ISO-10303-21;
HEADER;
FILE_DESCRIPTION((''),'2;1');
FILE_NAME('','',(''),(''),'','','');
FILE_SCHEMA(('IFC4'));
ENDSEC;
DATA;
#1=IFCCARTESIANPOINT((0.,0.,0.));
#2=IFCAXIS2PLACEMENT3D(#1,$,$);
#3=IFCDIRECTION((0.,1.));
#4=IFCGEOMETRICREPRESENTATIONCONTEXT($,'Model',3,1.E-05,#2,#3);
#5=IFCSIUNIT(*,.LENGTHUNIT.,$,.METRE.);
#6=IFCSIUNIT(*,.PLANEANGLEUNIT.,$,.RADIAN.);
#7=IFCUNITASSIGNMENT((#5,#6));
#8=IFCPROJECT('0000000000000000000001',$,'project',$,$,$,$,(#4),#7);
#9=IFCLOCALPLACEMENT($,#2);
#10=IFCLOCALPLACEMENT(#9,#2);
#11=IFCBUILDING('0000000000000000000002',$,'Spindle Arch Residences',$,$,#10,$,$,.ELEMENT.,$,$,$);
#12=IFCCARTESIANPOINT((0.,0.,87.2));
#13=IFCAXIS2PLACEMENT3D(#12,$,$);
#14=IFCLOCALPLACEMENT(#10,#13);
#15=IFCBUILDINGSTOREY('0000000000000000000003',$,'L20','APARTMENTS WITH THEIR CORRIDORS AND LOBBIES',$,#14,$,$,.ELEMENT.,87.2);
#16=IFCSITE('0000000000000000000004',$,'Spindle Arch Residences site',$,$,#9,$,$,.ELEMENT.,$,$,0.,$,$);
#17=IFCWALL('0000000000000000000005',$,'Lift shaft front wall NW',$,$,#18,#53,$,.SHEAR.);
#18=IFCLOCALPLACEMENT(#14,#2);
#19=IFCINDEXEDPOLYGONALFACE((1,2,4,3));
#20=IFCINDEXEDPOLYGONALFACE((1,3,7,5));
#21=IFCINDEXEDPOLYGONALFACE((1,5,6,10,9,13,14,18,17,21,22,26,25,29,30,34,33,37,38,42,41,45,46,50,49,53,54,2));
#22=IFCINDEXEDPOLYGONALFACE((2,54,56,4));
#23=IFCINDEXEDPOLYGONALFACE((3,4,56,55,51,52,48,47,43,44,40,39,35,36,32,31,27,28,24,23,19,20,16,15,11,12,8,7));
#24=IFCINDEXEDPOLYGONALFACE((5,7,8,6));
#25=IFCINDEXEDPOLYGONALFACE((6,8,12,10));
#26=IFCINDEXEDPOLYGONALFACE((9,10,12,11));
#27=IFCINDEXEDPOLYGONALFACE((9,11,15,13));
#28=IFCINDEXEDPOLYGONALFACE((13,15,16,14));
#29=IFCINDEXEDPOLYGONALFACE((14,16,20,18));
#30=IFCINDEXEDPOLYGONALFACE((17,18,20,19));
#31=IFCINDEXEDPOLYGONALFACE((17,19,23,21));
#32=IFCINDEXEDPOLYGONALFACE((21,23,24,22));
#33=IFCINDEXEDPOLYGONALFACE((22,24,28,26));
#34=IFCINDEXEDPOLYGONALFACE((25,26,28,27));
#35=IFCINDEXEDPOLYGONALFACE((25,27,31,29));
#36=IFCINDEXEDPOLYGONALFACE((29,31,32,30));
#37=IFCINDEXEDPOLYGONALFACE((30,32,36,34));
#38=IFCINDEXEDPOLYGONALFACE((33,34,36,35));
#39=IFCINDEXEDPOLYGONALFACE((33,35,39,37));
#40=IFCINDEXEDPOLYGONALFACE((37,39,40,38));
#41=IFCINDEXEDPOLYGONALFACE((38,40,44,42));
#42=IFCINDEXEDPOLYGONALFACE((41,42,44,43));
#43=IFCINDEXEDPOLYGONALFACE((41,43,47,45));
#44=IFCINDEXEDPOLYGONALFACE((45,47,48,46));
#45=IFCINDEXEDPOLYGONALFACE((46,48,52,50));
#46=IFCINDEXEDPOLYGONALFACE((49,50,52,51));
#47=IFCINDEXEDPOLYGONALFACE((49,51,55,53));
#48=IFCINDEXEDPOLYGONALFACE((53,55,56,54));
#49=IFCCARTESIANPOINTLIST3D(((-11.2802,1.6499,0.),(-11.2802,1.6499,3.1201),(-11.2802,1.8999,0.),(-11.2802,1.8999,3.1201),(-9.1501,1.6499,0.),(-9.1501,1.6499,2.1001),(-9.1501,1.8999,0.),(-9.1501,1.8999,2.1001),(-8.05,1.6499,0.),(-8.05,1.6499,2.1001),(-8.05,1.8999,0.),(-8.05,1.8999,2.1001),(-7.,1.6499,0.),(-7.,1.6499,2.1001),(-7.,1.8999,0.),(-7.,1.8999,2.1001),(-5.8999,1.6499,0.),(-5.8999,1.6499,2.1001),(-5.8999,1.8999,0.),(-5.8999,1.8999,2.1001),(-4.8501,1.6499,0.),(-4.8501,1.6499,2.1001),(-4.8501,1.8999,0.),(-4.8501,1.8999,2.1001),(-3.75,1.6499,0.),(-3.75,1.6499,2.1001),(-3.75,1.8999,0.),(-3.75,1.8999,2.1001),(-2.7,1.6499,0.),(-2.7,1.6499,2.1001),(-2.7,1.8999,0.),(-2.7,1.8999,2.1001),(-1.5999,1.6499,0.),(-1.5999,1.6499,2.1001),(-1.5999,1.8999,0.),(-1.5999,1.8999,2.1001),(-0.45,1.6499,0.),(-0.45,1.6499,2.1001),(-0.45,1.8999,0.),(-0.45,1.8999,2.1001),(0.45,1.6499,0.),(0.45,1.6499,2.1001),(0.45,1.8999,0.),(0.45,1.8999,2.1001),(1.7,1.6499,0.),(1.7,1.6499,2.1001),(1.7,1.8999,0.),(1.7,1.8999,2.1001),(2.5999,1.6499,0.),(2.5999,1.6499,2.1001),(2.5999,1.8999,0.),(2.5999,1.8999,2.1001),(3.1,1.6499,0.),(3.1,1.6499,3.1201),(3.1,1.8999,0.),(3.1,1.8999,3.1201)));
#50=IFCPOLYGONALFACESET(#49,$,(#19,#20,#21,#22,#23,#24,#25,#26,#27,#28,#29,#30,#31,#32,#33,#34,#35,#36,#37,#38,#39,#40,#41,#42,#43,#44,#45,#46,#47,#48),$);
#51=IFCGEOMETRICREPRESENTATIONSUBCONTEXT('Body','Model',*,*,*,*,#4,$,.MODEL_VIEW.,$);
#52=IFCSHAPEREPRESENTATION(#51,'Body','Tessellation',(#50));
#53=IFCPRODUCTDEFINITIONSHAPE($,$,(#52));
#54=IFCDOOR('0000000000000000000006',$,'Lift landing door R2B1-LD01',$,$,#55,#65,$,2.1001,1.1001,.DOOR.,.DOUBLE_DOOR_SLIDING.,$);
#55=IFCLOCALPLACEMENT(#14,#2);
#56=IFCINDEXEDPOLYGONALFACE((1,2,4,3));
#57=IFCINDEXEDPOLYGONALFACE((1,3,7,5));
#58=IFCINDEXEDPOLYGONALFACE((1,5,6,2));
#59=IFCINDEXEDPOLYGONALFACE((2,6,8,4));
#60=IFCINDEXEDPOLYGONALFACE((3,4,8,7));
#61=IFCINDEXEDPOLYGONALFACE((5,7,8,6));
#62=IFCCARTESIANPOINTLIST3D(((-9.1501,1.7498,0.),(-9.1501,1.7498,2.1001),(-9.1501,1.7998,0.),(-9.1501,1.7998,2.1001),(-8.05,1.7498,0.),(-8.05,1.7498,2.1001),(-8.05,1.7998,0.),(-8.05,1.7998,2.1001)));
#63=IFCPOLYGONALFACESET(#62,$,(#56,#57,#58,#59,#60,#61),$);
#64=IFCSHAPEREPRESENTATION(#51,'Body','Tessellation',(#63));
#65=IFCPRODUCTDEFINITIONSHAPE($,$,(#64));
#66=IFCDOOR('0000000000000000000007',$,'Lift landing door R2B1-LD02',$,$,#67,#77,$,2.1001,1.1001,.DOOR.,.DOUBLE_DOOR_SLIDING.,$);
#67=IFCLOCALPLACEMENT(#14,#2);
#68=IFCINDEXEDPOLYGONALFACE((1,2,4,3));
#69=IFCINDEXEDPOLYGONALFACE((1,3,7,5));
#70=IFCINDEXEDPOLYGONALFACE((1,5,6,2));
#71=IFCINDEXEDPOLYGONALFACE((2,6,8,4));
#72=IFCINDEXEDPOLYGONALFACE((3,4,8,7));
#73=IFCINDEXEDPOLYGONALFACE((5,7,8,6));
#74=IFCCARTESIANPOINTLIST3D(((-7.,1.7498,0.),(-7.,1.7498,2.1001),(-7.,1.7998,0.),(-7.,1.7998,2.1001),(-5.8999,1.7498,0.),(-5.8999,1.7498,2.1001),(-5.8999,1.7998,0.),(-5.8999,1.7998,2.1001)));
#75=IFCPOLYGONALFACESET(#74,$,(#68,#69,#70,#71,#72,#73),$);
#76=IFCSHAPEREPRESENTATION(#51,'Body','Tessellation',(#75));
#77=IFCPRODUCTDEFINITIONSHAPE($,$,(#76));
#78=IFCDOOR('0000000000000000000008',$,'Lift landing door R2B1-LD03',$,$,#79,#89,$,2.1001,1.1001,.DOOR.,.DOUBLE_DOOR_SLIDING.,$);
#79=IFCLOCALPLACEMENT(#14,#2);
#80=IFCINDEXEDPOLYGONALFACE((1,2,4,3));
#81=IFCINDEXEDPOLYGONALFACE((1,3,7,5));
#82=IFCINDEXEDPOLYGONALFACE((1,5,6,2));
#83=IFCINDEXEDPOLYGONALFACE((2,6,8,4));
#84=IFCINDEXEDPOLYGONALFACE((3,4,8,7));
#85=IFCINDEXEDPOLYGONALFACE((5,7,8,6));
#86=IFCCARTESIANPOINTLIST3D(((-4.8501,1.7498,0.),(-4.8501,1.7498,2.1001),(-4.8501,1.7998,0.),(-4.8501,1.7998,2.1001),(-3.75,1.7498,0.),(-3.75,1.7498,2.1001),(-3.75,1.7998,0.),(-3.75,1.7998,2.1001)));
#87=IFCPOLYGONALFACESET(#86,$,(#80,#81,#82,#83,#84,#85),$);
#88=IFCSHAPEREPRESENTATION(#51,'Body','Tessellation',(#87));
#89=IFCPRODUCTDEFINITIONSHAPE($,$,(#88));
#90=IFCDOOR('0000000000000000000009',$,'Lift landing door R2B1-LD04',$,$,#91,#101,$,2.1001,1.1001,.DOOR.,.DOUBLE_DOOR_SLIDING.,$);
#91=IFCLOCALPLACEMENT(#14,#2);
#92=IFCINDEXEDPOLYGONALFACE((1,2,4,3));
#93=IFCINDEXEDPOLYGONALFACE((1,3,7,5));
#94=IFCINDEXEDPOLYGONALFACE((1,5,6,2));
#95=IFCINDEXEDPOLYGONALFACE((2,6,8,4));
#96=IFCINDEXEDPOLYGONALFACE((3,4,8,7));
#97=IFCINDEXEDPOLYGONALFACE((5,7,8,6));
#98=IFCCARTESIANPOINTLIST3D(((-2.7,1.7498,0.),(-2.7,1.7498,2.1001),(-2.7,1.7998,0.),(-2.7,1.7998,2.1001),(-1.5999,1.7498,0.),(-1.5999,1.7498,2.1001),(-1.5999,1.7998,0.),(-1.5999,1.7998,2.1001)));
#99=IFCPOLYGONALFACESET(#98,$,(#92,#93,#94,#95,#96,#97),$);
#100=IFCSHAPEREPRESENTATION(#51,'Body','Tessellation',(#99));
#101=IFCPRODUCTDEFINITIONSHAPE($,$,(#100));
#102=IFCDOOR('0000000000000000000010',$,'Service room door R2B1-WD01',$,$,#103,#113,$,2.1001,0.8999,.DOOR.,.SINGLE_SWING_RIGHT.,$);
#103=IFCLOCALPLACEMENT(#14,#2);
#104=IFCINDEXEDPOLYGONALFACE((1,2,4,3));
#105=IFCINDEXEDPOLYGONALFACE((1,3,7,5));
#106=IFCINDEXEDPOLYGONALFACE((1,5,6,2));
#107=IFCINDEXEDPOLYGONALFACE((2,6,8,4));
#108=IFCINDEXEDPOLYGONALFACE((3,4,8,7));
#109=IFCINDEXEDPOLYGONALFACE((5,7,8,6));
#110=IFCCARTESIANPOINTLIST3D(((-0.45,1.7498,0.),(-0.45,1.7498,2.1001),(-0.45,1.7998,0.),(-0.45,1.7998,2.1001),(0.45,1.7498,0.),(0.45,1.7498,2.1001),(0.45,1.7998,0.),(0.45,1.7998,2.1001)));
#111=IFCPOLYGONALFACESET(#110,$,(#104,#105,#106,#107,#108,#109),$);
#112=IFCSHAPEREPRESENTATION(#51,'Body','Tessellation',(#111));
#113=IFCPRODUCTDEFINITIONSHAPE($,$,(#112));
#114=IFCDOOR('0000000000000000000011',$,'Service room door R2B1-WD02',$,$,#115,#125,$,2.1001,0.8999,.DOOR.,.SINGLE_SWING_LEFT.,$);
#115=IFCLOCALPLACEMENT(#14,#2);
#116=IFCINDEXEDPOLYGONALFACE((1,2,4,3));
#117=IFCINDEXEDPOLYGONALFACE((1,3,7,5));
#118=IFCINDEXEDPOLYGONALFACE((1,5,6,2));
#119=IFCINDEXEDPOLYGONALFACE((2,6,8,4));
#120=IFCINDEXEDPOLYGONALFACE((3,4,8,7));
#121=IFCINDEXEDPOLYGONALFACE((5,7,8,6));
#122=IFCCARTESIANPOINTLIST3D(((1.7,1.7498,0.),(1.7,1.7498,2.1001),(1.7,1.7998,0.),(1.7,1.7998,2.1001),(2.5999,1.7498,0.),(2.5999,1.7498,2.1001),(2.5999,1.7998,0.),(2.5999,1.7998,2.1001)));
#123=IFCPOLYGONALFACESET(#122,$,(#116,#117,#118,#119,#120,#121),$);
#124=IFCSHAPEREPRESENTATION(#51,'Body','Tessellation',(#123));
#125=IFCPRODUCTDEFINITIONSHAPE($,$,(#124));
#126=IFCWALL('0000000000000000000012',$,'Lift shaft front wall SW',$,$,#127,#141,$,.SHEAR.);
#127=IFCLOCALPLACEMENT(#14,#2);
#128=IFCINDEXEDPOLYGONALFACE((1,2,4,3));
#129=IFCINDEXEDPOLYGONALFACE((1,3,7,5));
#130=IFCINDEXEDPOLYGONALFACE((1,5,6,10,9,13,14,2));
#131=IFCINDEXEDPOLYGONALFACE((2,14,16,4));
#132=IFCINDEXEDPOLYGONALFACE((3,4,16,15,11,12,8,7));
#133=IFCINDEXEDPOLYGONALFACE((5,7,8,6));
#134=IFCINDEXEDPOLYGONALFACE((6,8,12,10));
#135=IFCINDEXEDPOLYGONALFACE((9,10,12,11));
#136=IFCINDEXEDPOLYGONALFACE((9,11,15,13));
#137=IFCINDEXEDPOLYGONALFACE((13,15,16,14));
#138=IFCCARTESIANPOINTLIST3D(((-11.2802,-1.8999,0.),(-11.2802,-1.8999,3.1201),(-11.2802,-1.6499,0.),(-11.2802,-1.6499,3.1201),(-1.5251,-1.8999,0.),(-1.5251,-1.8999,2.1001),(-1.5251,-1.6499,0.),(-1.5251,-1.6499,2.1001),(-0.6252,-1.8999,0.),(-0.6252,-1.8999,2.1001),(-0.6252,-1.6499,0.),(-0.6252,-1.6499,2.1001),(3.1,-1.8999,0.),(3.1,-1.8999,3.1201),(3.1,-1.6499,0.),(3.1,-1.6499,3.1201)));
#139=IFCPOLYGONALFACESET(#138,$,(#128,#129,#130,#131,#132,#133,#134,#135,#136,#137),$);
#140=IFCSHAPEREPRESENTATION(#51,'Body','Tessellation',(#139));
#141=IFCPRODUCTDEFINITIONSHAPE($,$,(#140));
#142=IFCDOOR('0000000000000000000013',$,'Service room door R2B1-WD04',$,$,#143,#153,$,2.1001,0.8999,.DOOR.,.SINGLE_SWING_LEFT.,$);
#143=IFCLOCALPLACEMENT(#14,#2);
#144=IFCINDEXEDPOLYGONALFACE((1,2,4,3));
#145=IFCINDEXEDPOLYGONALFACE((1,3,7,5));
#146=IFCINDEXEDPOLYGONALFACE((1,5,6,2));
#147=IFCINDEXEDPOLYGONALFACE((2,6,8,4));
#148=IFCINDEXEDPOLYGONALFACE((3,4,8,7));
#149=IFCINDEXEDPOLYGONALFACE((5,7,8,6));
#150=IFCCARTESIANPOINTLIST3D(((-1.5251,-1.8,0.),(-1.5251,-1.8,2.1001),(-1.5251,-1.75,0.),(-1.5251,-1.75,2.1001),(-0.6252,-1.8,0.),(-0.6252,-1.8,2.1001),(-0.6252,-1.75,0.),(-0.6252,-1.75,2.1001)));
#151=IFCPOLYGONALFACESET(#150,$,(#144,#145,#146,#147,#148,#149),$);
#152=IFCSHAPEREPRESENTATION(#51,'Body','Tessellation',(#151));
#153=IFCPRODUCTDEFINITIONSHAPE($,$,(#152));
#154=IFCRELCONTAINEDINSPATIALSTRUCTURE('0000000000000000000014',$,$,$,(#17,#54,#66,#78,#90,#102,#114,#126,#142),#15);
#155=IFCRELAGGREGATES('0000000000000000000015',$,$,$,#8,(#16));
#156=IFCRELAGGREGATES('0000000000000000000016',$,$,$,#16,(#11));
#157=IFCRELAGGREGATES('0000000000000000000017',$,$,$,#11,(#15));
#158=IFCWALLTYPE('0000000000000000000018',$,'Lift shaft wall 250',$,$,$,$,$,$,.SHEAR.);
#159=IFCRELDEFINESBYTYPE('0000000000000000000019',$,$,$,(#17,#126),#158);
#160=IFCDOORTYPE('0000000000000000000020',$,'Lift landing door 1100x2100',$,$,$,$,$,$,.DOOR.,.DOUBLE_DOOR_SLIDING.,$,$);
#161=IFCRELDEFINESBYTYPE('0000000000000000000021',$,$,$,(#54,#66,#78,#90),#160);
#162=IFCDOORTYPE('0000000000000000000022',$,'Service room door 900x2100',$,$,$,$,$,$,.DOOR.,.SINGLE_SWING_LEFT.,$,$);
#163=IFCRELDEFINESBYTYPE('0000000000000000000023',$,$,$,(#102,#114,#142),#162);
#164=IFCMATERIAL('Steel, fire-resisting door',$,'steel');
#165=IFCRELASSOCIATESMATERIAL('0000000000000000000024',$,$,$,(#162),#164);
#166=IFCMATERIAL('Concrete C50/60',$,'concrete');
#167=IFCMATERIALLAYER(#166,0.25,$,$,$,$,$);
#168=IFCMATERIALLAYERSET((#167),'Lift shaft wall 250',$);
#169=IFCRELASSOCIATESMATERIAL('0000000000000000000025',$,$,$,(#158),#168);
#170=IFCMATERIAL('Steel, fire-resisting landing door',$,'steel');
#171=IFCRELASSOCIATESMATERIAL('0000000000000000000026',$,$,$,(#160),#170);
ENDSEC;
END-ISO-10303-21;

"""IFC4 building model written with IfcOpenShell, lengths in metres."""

from ifc_helpers import new_model, si_unit, direction, frame, frame_2d, origin, place, context, subcontext, project, spatial, rectangle, extrude, material, layer, layer_set, type_object, element, fill, save


model = new_model("IFC4")

# Units and contexts
model_context = context("Model", 3, precision=1e-05, world=origin(), true_north=direction((0.0, 1.0)))
body_context = subcontext(model_context, "Body", "Model", "MODEL_VIEW")
ifc_project = project(units=[si_unit("LENGTHUNIT", "METRE"), si_unit("PLANEANGLEUNIT", "RADIAN")], contexts=[model_context])

# Site, building, storey
site_placement = place(None, origin())
site = spatial("IfcSite", under=ifc_project, at=site_placement, Name="Spindle Arch Residences site", CompositionType="ELEMENT", RefElevation=0.0)
building_placement = place(site_placement, origin())
building = spatial("IfcBuilding", under=site, at=building_placement, Name="Spindle Arch Residences", CompositionType="ELEMENT")
storey_placement = place(building_placement, frame((0.0, 0.0, 87.2)))
storey = spatial("IfcBuildingStorey", under=building, at=storey_placement, Name="L20", Description="APARTMENTS WITH THEIR CORRIDORS AND LOBBIES", CompositionType="ELEMENT", Elevation=87.2)

# Shared definitions
ifc_material_1 = material(Name="Steel, fire-resisting door", Category="steel")
door_type_1 = type_object("IfcDoorType", Name="Service room door 900x2100", OperationType="SINGLE_SWING_LEFT", PredefinedType="DOOR", material=ifc_material_1)

# Wall, openings, doors
ifc_material_2 = material(Name="Concrete C50/60", Category="concrete")
ifc_layer_1 = layer(ifc_material_2, 0.25)
ifc_layer_set_1 = layer_set([ifc_layer_1], Name="Lift shaft wall 250")
wall_type_1 = type_object("IfcWallType", Name="Lift shaft wall 250", PredefinedType="SHEAR", material=ifc_layer_set_1)
wall_1_placement = place(storey_placement, frame((-11.28, 1.7749, 0.0), z_axis=(0.0, 0.0, 1.0), x_axis=(1.0, 0.0, 0.0)))
wall_1 = element("IfcWall", 1, at=wall_1_placement, inside=storey, type_object=wall_type_1, Name="Lift shaft front wall NW", PredefinedType="SHEAR", context=body_context, shape_type="SweptSolid", body=[
    extrude(rectangle(XDim=14.3801, YDim=0.25, at=frame_2d((7.1899, 0.0))), origin(), (0.0, 0.0, 1.0), 3.1201),
])
opening_1_placement = place(wall_1_placement, frame((2.1299, 0.0, 0.0)))
opening_1 = element("IfcOpeningElement", 2, at=opening_1_placement, cuts=wall_1, PredefinedType="OPENING", context=body_context, shape_type="SweptSolid", body=[
    extrude(rectangle(XDim=1.1001, YDim=2.1001, at=frame_2d((0.55, 1.05))), frame((0.0, 0.135, 0.0), z_axis=(0.0, -1.0, 0.0), x_axis=(1.0, 0.0, 0.0)), (0.0, 0.0, 1.0), 0.27),
])
opening_2_placement = place(wall_1_placement, frame((4.28, 0.0, 0.0)))
opening_2 = element("IfcOpeningElement", 3, at=opening_2_placement, cuts=wall_1, PredefinedType="OPENING", context=body_context, shape_type="SweptSolid", body=[
    extrude(rectangle(XDim=1.1001, YDim=2.1001, at=frame_2d((0.55, 1.05))), frame((0.0, 0.135, 0.0), z_axis=(0.0, -1.0, 0.0), x_axis=(1.0, 0.0, 0.0)), (0.0, 0.0, 1.0), 0.27),
])
opening_3_placement = place(wall_1_placement, frame((6.4299, 0.0, 0.0)))
opening_3 = element("IfcOpeningElement", 4, at=opening_3_placement, cuts=wall_1, PredefinedType="OPENING", context=body_context, shape_type="SweptSolid", body=[
    extrude(rectangle(XDim=1.1001, YDim=2.1001, at=frame_2d((0.55, 1.05))), frame((0.0, 0.135, 0.0), z_axis=(0.0, -1.0, 0.0), x_axis=(1.0, 0.0, 0.0)), (0.0, 0.0, 1.0), 0.27),
])
opening_4_placement = place(wall_1_placement, frame((8.5801, 0.0, 0.0)))
opening_4 = element("IfcOpeningElement", 5, at=opening_4_placement, cuts=wall_1, PredefinedType="OPENING", context=body_context, shape_type="SweptSolid", body=[
    extrude(rectangle(XDim=1.1001, YDim=2.1001, at=frame_2d((0.55, 1.05))), frame((0.0, 0.135, 0.0), z_axis=(0.0, -1.0, 0.0), x_axis=(1.0, 0.0, 0.0)), (0.0, 0.0, 1.0), 0.27),
])
opening_5_placement = place(wall_1_placement, frame((10.8301, 0.0, 0.0)))
opening_5 = element("IfcOpeningElement", 6, at=opening_5_placement, cuts=wall_1, PredefinedType="OPENING", context=body_context, shape_type="SweptSolid", body=[
    extrude(rectangle(XDim=0.8999, YDim=2.1001, at=frame_2d((0.45, 1.05))), frame((0.0, 0.135, 0.0), z_axis=(0.0, -1.0, 0.0), x_axis=(1.0, 0.0, 0.0)), (0.0, 0.0, 1.0), 0.27),
])
opening_6_placement = place(wall_1_placement, frame((12.98, 0.0, 0.0)))
opening_6 = element("IfcOpeningElement", 7, at=opening_6_placement, cuts=wall_1, PredefinedType="OPENING", context=body_context, shape_type="SweptSolid", body=[
    extrude(rectangle(XDim=0.8999, YDim=2.1001, at=frame_2d((0.45, 1.05))), frame((0.0, 0.135, 0.0), z_axis=(0.0, -1.0, 0.0), x_axis=(1.0, 0.0, 0.0)), (0.0, 0.0, 1.0), 0.27),
])
ifc_material_3 = material(Name="Steel, fire-resisting landing door", Category="steel")
door_type_2 = type_object("IfcDoorType", Name="Lift landing door 1100x2100", OperationType="DOUBLE_DOOR_SLIDING", PredefinedType="DOOR", material=ifc_material_3)
door_1_placement = place(opening_1_placement, origin())
door_1 = element("IfcDoor", 8, at=door_1_placement, inside=storey, type_object=door_type_2, Name="Lift landing door R2B1-LD01", OperationType="DOUBLE_DOOR_SLIDING", OverallHeight=2.1001, OverallWidth=1.1001, PredefinedType="DOOR", context=body_context, shape_type="SweptSolid", body=[
    extrude(rectangle(XDim=1.1001, YDim=2.1001, at=frame_2d((0.55, 1.05))), frame((0.0, 0.0249, 0.0), z_axis=(0.0, -1.0, 0.0), x_axis=(1.0, 0.0, 0.0)), (0.0, 0.0, 1.0), 0.05),
])
fill(opening_1, door_1)
door_2_placement = place(opening_2_placement, origin())
door_2 = element("IfcDoor", 9, at=door_2_placement, inside=storey, type_object=door_type_2, Name="Lift landing door R2B1-LD02", OperationType="DOUBLE_DOOR_SLIDING", OverallHeight=2.1001, OverallWidth=1.1001, PredefinedType="DOOR", context=body_context, shape_type="SweptSolid", body=[
    extrude(rectangle(XDim=1.1001, YDim=2.1001, at=frame_2d((0.55, 1.05))), frame((0.0, 0.0249, 0.0), z_axis=(0.0, -1.0, 0.0), x_axis=(1.0, 0.0, 0.0)), (0.0, 0.0, 1.0), 0.05),
])
fill(opening_2, door_2)
door_3_placement = place(opening_3_placement, origin())
door_3 = element("IfcDoor", 10, at=door_3_placement, inside=storey, type_object=door_type_2, Name="Lift landing door R2B1-LD03", OperationType="DOUBLE_DOOR_SLIDING", OverallHeight=2.1001, OverallWidth=1.1001, PredefinedType="DOOR", context=body_context, shape_type="SweptSolid", body=[
    extrude(rectangle(XDim=1.1001, YDim=2.1001, at=frame_2d((0.55, 1.05))), frame((0.0, 0.0249, 0.0), z_axis=(0.0, -1.0, 0.0), x_axis=(1.0, 0.0, 0.0)), (0.0, 0.0, 1.0), 0.05),
])
fill(opening_3, door_3)
door_4_placement = place(opening_4_placement, origin())
door_4 = element("IfcDoor", 11, at=door_4_placement, inside=storey, type_object=door_type_2, Name="Lift landing door R2B1-LD04", OperationType="DOUBLE_DOOR_SLIDING", OverallHeight=2.1001, OverallWidth=1.1001, PredefinedType="DOOR", context=body_context, shape_type="SweptSolid", body=[
    extrude(rectangle(XDim=1.1001, YDim=2.1001, at=frame_2d((0.55, 1.05))), frame((0.0, 0.0249, 0.0), z_axis=(0.0, -1.0, 0.0), x_axis=(1.0, 0.0, 0.0)), (0.0, 0.0, 1.0), 0.05),
])
fill(opening_4, door_4)
door_5_placement = place(opening_5_placement, origin())
door_5 = element("IfcDoor", 12, at=door_5_placement, inside=storey, type_object=door_type_1, Name="Service room door R2B1-WD01", OperationType="SINGLE_SWING_RIGHT", OverallHeight=2.1001, OverallWidth=0.8999, PredefinedType="DOOR", context=body_context, shape_type="SweptSolid", body=[
    extrude(rectangle(XDim=0.8999, YDim=2.1001, at=frame_2d((0.45, 1.05))), frame((0.0, 0.0249, 0.0), z_axis=(0.0, -1.0, 0.0), x_axis=(1.0, 0.0, 0.0)), (0.0, 0.0, 1.0), 0.05),
])
fill(opening_5, door_5)
door_6_placement = place(opening_6_placement, origin())
door_6 = element("IfcDoor", 13, at=door_6_placement, inside=storey, type_object=door_type_1, Name="Service room door R2B1-WD02", OperationType="SINGLE_SWING_LEFT", OverallHeight=2.1001, OverallWidth=0.8999, PredefinedType="DOOR", context=body_context, shape_type="SweptSolid", body=[
    extrude(rectangle(XDim=0.8999, YDim=2.1001, at=frame_2d((0.45, 1.05))), frame((0.0, 0.0249, 0.0), z_axis=(0.0, -1.0, 0.0), x_axis=(1.0, 0.0, 0.0)), (0.0, 0.0, 1.0), 0.05),
])
fill(opening_6, door_6)

# Wall, opening, door
wall_2_placement = place(storey_placement, frame((-11.28, -1.7749, 0.0), z_axis=(0.0, 0.0, 1.0), x_axis=(1.0, 0.0, 0.0)))
wall_2 = element("IfcWall", 14, at=wall_2_placement, inside=storey, type_object=wall_type_1, Name="Lift shaft front wall SW", PredefinedType="SHEAR", context=body_context, shape_type="SweptSolid", body=[
    extrude(rectangle(XDim=14.3801, YDim=0.25, at=frame_2d((7.1899, 0.0))), origin(), (0.0, 0.0, 1.0), 3.1201),
])
opening_7_placement = place(wall_2_placement, frame((9.7549, 0.0, 0.0)))
opening_7 = element("IfcOpeningElement", 15, at=opening_7_placement, cuts=wall_2, PredefinedType="OPENING", context=body_context, shape_type="SweptSolid", body=[
    extrude(rectangle(XDim=0.8999, YDim=2.1001, at=frame_2d((0.45, 1.05))), frame((0.0, 0.135, 0.0), z_axis=(0.0, -1.0, 0.0), x_axis=(1.0, 0.0, 0.0)), (0.0, 0.0, 1.0), 0.27),
])
door_7_placement = place(opening_7_placement, origin())
door_7 = element("IfcDoor", 16, at=door_7_placement, inside=storey, type_object=door_type_1, Name="Service room door R2B1-WD04", OperationType="SINGLE_SWING_LEFT", OverallHeight=2.1001, OverallWidth=0.8999, PredefinedType="DOOR", context=body_context, shape_type="SweptSolid", body=[
    extrude(rectangle(XDim=0.8999, YDim=2.1001, at=frame_2d((0.45, 1.05))), frame((0.0, 0.0249, 0.0), z_axis=(0.0, -1.0, 0.0), x_axis=(1.0, 0.0, 0.0)), (0.0, 0.0, 1.0), 0.05),
])
fill(opening_7, door_7)

save(model, "model.ifc")
